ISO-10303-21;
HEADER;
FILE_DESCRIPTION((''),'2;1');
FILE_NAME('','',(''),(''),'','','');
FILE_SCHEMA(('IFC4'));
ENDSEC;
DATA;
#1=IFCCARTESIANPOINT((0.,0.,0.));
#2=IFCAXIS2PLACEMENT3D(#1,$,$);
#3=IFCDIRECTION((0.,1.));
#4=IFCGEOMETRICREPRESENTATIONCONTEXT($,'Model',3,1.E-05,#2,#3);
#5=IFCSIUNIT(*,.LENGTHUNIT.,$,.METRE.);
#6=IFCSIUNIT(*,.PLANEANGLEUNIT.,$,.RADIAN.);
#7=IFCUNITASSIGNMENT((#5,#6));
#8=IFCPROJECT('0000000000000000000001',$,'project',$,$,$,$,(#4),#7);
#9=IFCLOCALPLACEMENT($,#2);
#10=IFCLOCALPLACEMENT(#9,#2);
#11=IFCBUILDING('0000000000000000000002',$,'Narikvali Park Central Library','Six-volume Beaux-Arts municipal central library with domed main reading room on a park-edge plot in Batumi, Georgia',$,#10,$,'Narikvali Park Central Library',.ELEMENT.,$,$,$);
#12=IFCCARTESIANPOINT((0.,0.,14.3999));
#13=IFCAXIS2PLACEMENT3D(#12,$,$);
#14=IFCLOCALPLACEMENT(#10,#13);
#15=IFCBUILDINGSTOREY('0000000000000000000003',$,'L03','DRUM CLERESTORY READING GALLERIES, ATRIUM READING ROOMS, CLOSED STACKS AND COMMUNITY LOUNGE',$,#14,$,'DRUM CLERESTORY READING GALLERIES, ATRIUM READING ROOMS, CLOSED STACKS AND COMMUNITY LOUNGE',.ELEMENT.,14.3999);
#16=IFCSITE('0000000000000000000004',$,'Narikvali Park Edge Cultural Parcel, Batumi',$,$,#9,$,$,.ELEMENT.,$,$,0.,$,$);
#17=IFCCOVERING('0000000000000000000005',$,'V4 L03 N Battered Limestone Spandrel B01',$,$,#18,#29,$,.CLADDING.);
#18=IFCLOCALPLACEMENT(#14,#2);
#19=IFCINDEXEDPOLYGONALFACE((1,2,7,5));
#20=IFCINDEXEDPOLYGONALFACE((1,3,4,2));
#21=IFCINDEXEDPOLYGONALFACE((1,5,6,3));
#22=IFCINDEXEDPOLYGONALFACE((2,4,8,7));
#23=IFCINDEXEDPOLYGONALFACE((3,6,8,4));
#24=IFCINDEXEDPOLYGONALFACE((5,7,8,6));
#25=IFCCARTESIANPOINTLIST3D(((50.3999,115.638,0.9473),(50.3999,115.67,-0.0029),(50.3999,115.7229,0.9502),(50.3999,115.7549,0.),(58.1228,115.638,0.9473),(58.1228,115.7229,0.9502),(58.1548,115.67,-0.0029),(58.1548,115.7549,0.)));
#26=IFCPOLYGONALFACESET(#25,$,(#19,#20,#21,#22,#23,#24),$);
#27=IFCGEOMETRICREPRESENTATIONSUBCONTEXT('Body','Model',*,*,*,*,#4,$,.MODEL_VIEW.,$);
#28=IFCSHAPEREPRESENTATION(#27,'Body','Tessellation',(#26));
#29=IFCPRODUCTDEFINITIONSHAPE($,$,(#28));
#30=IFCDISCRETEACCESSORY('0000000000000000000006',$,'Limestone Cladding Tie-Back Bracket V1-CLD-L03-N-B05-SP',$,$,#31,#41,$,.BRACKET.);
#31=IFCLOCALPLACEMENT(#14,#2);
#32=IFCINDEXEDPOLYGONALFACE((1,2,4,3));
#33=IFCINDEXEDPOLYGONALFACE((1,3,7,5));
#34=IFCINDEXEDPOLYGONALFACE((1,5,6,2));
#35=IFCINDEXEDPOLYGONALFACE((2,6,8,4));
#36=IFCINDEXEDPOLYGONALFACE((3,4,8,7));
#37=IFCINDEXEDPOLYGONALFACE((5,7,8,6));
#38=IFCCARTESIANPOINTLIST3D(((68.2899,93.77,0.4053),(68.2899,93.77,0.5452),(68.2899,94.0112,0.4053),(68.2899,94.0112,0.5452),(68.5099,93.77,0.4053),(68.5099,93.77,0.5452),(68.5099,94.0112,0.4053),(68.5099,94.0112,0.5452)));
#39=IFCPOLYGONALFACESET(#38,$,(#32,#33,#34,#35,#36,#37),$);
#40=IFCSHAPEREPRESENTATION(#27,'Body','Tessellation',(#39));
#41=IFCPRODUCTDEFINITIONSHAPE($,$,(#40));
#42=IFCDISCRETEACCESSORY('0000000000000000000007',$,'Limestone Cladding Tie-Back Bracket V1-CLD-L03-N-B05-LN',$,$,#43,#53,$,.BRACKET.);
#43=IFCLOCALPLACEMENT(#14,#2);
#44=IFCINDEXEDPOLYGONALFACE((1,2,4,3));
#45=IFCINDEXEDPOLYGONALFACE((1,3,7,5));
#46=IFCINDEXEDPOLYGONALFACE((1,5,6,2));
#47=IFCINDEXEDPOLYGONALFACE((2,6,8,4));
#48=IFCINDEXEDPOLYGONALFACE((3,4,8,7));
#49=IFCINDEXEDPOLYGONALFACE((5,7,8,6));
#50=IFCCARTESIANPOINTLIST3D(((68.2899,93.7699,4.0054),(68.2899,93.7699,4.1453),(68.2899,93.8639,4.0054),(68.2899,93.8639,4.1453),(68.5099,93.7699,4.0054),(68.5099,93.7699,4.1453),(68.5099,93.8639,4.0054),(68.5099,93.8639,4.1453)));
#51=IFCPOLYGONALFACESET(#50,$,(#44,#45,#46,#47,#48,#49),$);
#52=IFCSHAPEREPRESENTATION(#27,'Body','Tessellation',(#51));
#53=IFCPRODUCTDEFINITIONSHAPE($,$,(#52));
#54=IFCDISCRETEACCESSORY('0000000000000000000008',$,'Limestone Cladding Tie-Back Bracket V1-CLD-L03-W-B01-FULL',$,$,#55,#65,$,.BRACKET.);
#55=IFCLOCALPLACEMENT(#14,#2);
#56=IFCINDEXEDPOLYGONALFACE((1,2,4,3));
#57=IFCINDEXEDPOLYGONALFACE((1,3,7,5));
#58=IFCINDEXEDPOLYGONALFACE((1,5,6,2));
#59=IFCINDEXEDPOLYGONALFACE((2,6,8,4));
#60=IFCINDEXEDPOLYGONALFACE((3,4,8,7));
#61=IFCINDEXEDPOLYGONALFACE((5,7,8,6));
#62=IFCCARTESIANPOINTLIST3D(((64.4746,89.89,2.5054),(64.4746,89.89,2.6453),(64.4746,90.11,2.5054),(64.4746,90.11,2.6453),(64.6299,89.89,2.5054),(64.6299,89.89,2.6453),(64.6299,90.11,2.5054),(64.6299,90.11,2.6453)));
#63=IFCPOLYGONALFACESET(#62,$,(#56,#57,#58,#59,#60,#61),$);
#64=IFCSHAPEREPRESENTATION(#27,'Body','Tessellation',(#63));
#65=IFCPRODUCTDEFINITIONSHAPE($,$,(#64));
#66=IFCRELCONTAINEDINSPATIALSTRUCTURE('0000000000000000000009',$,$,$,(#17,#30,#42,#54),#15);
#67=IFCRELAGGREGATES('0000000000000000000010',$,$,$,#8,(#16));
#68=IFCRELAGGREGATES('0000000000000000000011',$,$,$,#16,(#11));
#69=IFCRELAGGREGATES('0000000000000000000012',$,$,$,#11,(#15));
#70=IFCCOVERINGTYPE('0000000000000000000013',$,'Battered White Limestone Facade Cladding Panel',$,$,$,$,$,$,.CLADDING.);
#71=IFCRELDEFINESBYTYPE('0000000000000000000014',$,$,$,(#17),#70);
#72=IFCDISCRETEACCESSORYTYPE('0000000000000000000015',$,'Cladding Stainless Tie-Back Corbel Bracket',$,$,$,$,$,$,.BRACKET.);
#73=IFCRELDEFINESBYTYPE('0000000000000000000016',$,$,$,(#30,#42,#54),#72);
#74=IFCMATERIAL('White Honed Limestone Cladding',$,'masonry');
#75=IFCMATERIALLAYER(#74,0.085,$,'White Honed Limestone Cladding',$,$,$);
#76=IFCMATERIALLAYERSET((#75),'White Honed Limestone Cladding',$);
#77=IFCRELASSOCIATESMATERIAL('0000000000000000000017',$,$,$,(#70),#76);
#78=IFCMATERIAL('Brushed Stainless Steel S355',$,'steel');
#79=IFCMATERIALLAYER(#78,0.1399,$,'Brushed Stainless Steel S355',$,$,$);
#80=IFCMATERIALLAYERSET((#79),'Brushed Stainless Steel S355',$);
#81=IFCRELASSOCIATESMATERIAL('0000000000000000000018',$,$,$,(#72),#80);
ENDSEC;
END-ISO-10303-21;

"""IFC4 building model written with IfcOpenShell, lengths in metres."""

from ifc_helpers import new_model, si_unit, direction, frame, origin, origin_2d, place, context, subcontext, project, spatial, polyline, rectangle, outline, extrude, material, layer, layer_set, type_object, element, save


model = new_model("IFC4")

# Units and contexts
model_context = context("Model", 3, precision=1e-05, world=origin(), true_north=direction((0.0, 1.0)))
body_context = subcontext(model_context, "Body", "Model", "MODEL_VIEW")
ifc_project = project(units=[si_unit("LENGTHUNIT", "METRE"), si_unit("PLANEANGLEUNIT", "RADIAN")], contexts=[model_context])

# Site, building, storey
site_placement = place(None, origin())
site = spatial("IfcSite", under=ifc_project, at=site_placement, Name="Narikvali Park Edge Cultural Parcel, Batumi", CompositionType="ELEMENT", RefElevation=0.0)
building_placement = place(site_placement, origin())
building = spatial("IfcBuilding", under=site, at=building_placement, Name="Narikvali Park Central Library", Description="Six-volume Beaux-Arts municipal central library with domed main reading room on a park-edge plot in Batumi, Georgia", LongName="Narikvali Park Central Library", CompositionType="ELEMENT")
storey_placement = place(building_placement, frame((0.0, 0.0, 14.3999)))
storey = spatial("IfcBuildingStorey", under=building, at=storey_placement, Name="L03", Description="DRUM CLERESTORY READING GALLERIES, ATRIUM READING ROOMS, CLOSED STACKS AND COMMUNITY LOUNGE", LongName="DRUM CLERESTORY READING GALLERIES, ATRIUM READING ROOMS, CLOSED STACKS AND COMMUNITY LOUNGE", CompositionType="ELEMENT", Elevation=14.3999)

# Covering
ifc_material_1 = material(Name="White Honed Limestone Cladding", Category="masonry")
ifc_layer_1 = layer(ifc_material_1, 0.085, Name="White Honed Limestone Cladding")
ifc_layer_set_1 = layer_set([ifc_layer_1], Name="White Honed Limestone Cladding")
covering_type = type_object("IfcCoveringType", Name="Battered White Limestone Facade Cladding Panel", PredefinedType="CLADDING", material=ifc_layer_set_1)
covering_1_placement = place(storey_placement, frame((58.1548, 115.7549, 0.0), z_axis=(0.0, 0.999434, 0.03364), x_axis=(-1.0, 0.0, 0.0)))
element("IfcCovering", 1, at=covering_1_placement, inside=storey, type_object=covering_type, Name="V4 L03 N Battered Limestone Spandrel B01", PredefinedType="CLADDING", context=body_context, shape_type="SweptSolid", body=[
    extrude(outline(polyline([(0.0, 0.0), (7.7549, 0.0), (7.7549, 0.9507), (0.032, 0.9507), (0.0, 0.0)])), origin(), (0.0, 0.0, -1.0), 0.085),
])

# Discrete accessories
ifc_material_2 = material(Name="Brushed Stainless Steel S355", Category="steel")
ifc_layer_2 = layer(ifc_material_2, 0.1399, Name="Brushed Stainless Steel S355")
ifc_layer_set_2 = layer_set([ifc_layer_2], Name="Brushed Stainless Steel S355")
discrete_accessory_type = type_object("IfcDiscreteAccessoryType", Name="Cladding Stainless Tie-Back Corbel Bracket", PredefinedType="BRACKET", material=ifc_layer_set_2)
discrete_accessory_1_placement = place(storey_placement, frame((68.3999, 93.8906, 0.4053), z_axis=(0.0, 0.0, 1.0), x_axis=(1.0, 0.0, 0.0)))
element("IfcDiscreteAccessory", 2, at=discrete_accessory_1_placement, inside=storey, type_object=discrete_accessory_type, Name="Limestone Cladding Tie-Back Bracket V1-CLD-L03-N-B05-SP", PredefinedType="BRACKET", context=body_context, shape_type="SweptSolid", body=[
    extrude(rectangle(XDim=0.22, YDim=0.2412, at=origin_2d()), origin(), (0.0, 0.0, 1.0), 0.1399),
])
discrete_accessory_2_placement = place(storey_placement, frame((68.3999, 93.8169, 4.0054), z_axis=(0.0, 0.0, 1.0), x_axis=(1.0, 0.0, 0.0)))
element("IfcDiscreteAccessory", 3, at=discrete_accessory_2_placement, inside=storey, type_object=discrete_accessory_type, Name="Limestone Cladding Tie-Back Bracket V1-CLD-L03-N-B05-LN", PredefinedType="BRACKET", context=body_context, shape_type="SweptSolid", body=[
    extrude(rectangle(XDim=0.22, YDim=0.094, at=origin_2d()), origin(), (0.0, 0.0, 1.0), 0.1399),
])
discrete_accessory_3_placement = place(storey_placement, frame((64.5522, 90.0, 2.5054), z_axis=(0.0, 0.0, 1.0), x_axis=(1.0, 0.0, 0.0)))
element("IfcDiscreteAccessory", 4, at=discrete_accessory_3_placement, inside=storey, type_object=discrete_accessory_type, Name="Limestone Cladding Tie-Back Bracket V1-CLD-L03-W-B01-FULL", PredefinedType="BRACKET", context=body_context, shape_type="SweptSolid", body=[
    extrude(rectangle(XDim=0.1553, YDim=0.22, at=origin_2d()), origin(), (0.0, 0.0, 1.0), 0.1399),
])

save(model, "model.ifc")
